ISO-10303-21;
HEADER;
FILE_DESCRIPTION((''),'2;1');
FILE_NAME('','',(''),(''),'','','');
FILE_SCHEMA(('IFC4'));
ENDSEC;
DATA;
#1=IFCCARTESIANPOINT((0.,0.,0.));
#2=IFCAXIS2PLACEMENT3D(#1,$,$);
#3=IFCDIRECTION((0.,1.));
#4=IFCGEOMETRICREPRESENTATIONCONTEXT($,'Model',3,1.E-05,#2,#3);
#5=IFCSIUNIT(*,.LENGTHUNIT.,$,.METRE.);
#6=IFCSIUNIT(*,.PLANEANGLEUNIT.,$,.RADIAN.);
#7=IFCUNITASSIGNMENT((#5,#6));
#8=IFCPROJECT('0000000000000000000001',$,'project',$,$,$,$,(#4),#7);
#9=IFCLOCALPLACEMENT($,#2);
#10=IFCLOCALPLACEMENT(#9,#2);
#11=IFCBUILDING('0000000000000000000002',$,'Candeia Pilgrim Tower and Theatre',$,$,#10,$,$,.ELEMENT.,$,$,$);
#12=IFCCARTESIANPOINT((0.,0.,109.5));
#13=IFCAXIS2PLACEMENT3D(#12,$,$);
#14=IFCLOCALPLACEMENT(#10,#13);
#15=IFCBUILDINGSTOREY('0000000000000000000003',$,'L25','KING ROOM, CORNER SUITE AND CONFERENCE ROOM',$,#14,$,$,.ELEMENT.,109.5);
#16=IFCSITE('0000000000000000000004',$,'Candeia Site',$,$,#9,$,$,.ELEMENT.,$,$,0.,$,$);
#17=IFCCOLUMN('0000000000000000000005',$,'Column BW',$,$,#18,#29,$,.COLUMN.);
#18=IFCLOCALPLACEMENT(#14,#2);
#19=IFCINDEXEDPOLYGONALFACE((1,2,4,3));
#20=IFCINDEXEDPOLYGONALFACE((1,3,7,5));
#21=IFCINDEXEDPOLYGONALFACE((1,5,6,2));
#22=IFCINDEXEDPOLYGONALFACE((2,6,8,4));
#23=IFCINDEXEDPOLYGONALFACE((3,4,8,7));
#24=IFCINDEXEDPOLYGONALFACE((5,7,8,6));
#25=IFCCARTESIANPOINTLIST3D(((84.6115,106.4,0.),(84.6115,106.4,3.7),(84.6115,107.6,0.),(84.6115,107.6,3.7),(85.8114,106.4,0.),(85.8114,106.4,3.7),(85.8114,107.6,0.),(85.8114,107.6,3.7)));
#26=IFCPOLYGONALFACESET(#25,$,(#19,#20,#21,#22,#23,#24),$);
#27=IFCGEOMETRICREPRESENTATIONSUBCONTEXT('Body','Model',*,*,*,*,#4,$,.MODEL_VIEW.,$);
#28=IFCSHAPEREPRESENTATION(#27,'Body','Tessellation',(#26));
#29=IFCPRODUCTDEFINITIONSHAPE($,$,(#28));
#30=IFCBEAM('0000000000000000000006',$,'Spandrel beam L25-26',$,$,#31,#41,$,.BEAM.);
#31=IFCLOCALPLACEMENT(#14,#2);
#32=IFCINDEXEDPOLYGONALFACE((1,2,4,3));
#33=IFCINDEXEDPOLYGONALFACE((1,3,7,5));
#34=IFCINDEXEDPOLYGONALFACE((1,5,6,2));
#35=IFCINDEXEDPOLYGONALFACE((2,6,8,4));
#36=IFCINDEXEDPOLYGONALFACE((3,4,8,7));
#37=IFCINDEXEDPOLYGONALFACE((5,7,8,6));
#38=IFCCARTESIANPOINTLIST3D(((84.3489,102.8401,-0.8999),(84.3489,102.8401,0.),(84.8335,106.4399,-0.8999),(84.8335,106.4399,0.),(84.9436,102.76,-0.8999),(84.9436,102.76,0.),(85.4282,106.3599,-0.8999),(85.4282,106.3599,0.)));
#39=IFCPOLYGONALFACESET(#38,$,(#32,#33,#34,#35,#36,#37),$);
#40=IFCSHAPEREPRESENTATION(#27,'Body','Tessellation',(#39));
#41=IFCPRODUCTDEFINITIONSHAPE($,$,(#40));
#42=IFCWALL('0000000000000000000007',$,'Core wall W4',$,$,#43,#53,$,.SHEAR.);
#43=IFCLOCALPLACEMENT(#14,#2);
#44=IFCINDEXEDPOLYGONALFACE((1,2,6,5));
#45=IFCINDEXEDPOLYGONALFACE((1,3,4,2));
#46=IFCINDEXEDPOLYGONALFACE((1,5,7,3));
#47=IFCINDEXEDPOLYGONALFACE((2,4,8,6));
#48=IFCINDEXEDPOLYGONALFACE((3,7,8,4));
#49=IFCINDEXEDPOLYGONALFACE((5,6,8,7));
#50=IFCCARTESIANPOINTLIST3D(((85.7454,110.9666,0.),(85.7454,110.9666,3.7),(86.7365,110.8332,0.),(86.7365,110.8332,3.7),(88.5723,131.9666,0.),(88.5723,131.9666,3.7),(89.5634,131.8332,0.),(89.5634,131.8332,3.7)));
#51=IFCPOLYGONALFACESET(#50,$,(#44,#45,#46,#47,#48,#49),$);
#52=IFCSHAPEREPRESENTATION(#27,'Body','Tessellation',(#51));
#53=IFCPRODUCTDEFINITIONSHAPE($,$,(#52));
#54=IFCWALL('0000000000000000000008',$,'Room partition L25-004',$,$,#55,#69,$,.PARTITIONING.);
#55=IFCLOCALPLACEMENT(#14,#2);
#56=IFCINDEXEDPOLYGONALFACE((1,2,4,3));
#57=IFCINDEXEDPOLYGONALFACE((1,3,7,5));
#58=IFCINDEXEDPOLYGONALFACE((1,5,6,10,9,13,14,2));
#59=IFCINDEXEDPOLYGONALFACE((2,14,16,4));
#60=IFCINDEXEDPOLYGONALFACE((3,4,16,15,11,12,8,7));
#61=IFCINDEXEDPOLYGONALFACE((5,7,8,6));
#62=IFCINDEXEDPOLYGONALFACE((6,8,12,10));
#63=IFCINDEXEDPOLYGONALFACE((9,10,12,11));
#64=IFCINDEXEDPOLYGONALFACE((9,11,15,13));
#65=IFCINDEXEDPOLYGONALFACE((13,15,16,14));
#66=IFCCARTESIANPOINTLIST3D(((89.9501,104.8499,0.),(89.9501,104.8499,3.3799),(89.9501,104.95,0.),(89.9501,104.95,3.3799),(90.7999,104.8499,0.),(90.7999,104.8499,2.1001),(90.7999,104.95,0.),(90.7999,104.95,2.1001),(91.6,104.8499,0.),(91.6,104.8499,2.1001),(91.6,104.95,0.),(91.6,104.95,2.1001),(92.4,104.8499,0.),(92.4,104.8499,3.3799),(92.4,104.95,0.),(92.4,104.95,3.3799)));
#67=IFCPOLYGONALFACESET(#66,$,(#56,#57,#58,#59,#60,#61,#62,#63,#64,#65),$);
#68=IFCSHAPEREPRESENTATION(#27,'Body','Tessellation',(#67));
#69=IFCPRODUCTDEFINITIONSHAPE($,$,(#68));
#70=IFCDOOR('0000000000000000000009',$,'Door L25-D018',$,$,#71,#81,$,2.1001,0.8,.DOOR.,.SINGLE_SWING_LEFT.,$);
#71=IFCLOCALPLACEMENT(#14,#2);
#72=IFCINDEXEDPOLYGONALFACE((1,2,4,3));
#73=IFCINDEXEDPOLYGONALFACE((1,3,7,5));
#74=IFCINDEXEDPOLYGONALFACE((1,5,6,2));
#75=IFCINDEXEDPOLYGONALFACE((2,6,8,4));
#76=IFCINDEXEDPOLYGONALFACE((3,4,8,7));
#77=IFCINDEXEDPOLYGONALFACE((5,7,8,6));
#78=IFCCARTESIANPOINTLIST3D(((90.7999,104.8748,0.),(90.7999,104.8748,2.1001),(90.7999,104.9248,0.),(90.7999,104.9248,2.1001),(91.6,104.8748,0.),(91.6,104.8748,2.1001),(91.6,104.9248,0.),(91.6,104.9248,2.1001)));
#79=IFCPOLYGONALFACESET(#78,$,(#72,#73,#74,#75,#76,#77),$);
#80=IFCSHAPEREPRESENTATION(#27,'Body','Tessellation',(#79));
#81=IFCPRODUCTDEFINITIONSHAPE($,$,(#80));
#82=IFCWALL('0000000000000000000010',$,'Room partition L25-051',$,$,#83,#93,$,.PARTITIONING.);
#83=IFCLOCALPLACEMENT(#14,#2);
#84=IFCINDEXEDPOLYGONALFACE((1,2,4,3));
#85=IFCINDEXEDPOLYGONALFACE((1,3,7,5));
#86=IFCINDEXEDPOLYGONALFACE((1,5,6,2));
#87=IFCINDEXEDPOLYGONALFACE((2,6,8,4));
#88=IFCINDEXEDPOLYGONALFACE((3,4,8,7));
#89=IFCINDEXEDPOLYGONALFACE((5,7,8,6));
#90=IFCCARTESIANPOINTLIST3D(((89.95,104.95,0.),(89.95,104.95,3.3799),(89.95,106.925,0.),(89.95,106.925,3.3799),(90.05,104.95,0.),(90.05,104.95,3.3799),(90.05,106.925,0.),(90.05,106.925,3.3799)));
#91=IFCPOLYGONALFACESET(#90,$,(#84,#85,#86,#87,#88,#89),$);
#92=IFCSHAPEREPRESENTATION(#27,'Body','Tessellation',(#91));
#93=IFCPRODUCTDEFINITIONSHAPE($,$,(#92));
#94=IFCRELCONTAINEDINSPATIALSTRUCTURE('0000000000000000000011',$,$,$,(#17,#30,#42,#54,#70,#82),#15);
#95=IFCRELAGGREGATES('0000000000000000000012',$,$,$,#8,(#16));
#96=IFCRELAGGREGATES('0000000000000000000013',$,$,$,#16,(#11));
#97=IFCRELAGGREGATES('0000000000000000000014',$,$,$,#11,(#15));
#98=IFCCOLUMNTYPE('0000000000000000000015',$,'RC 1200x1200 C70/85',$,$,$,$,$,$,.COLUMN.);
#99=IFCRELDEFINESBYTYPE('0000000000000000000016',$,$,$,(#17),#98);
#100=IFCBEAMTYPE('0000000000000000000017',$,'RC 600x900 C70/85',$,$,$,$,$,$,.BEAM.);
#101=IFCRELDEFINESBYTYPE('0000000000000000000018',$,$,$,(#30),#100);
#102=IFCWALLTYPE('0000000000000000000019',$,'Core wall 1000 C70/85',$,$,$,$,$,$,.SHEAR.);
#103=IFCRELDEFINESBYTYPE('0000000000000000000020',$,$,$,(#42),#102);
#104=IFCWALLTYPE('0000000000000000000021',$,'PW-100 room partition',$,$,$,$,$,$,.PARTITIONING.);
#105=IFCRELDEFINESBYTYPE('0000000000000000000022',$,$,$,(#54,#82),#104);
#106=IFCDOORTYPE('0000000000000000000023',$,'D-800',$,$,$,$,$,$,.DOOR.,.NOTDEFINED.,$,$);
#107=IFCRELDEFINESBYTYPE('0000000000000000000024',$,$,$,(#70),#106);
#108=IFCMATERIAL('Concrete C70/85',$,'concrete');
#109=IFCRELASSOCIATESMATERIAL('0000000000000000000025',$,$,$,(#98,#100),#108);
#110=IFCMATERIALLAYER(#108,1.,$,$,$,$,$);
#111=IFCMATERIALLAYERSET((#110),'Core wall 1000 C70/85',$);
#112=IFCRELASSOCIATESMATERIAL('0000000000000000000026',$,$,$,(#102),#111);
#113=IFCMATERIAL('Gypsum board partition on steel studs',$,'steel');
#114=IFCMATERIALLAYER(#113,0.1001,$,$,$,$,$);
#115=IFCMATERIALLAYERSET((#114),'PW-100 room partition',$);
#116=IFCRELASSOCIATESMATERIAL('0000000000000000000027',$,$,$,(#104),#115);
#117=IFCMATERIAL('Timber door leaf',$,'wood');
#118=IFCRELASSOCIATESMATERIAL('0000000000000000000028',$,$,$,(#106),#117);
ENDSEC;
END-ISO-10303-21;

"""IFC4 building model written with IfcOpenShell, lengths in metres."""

from ifc_helpers import new_model, si_unit, direction, frame, frame_2d, origin, origin_2d, place, context, subcontext, project, spatial, rectangle, extrude, material, layer, layer_set, material_profile, profile_set, type_object, element, fill, save


model = new_model("IFC4")

# Units and contexts
model_context = context("Model", 3, precision=1e-05, world=origin(), true_north=direction((0.0, 1.0)))
body_context = subcontext(model_context, "Body", "Model", "MODEL_VIEW")
ifc_project = project(units=[si_unit("LENGTHUNIT", "METRE"), si_unit("PLANEANGLEUNIT", "RADIAN")], contexts=[model_context])

# Site, building, storey
site_placement = place(None, origin())
site = spatial("IfcSite", under=ifc_project, at=site_placement, Name="Candeia Site", CompositionType="ELEMENT", RefElevation=0.0)
building_placement = place(site_placement, origin())
building = spatial("IfcBuilding", under=site, at=building_placement, Name="Candeia Pilgrim Tower and Theatre", CompositionType="ELEMENT")
storey_placement = place(building_placement, frame((0.0, 0.0, 109.5)))
storey = spatial("IfcBuildingStorey", under=building, at=storey_placement, Name="L25", Description="KING ROOM, CORNER SUITE AND CONFERENCE ROOM", CompositionType="ELEMENT", Elevation=109.5)

# Column
ifc_material_1 = material(Name="Concrete C70/85", Category="concrete")
ifc_material_profile_1 = material_profile(ifc_material_1, rectangle(XDim=1.2, YDim=1.2, at=origin_2d()))
ifc_profile_set_1 = profile_set([ifc_material_profile_1], Name="Concrete C70/85")
column_type = type_object("IfcColumnType", Name="RC 1200x1200 C70/85", PredefinedType="COLUMN", material=ifc_profile_set_1)
column_placement = place(storey_placement, frame((85.2114, 107.0, 0.0), z_axis=(0.0, 0.0, 1.0), x_axis=(1.0, 0.0, 0.0)))
element("IfcColumn", 1, at=column_placement, inside=storey, type_object=column_type, Name="Column BW", PredefinedType="COLUMN", context=body_context, shape_type="SweptSolid", body=[
    extrude(rectangle(XDim=1.2, YDim=1.2, at=origin_2d()), origin(), (0.0, 0.0, 1.0), 3.7),
])

# Beam
ifc_material_profile_2 = material_profile(ifc_material_1, rectangle(XDim=0.6001, YDim=0.8999, at=origin_2d()))
ifc_profile_set_2 = profile_set([ifc_material_profile_2], Name="Concrete C70/85")
beam_type = type_object("IfcBeamType", Name="RC 600x900 C70/85", PredefinedType="BEAM", material=ifc_profile_set_2)
beam_placement = place(storey_placement, frame((85.1309, 106.3999, -0.45), z_axis=(-0.133418, -0.99106, 0.0), x_axis=(0.99106, -0.133418, 0.0)))
element("IfcBeam", 2, at=beam_placement, inside=storey, type_object=beam_type, Name="Spandrel beam L25-26", PredefinedType="BEAM", context=body_context, shape_type="SweptSolid", body=[
    extrude(rectangle(XDim=0.6001, YDim=0.8999, at=origin_2d()), origin(), (0.0, 0.0, 1.0), 3.6323),
])

# Wall
ifc_layer_1 = layer(ifc_material_1, 1.0)
ifc_layer_set_1 = layer_set([ifc_layer_1], Name="Core wall 1000 C70/85")
wall_type_1 = type_object("IfcWallType", Name="Core wall 1000 C70/85", PredefinedType="SHEAR", material=ifc_layer_set_1)
wall_1_placement = place(storey_placement, frame((86.241, 110.8999, 0.0), z_axis=(0.0, 0.0, 1.0), x_axis=(0.133411, 0.991061, 0.0)))
element("IfcWall", 3, at=wall_1_placement, inside=storey, type_object=wall_type_1, Name="Core wall W4", PredefinedType="SHEAR", context=body_context, shape_type="SweptSolid", body=[
    extrude(rectangle(XDim=21.1895, YDim=1.0, at=frame_2d((10.5947, 0.0))), origin(), (0.0, 0.0, 1.0), 3.7),
])

# Wall, opening, door
ifc_material_2 = material(Name="Gypsum board partition on steel studs", Category="steel")
ifc_layer_2 = layer(ifc_material_2, 0.1001)
ifc_layer_set_2 = layer_set([ifc_layer_2], Name="PW-100 room partition")
wall_type_2 = type_object("IfcWallType", Name="PW-100 room partition", PredefinedType="PARTITIONING", material=ifc_layer_set_2)
wall_2_placement = place(storey_placement, frame((89.95, 104.8999, 0.0), z_axis=(0.0, 0.0, 1.0), x_axis=(1.0, 0.0, 0.0)))
wall_2 = element("IfcWall", 4, at=wall_2_placement, inside=storey, type_object=wall_type_2, Name="Room partition L25-004", PredefinedType="PARTITIONING", context=body_context, shape_type="SweptSolid", body=[
    extrude(rectangle(XDim=2.45, YDim=0.1001, at=frame_2d((1.2251, 0.0))), origin(), (0.0, 0.0, 1.0), 3.3799),
])
opening_1_placement = place(wall_2_placement, frame((0.8501, 0.0, 0.0)))
opening_1 = element("IfcOpeningElement", 5, at=opening_1_placement, cuts=wall_2, PredefinedType="OPENING", context=body_context, shape_type="SweptSolid", body=[
    extrude(rectangle(XDim=0.8, YDim=2.1001, at=frame_2d((0.3999, 1.05))), frame((0.0, 0.0601, 0.0), z_axis=(0.0, -1.0, 0.0), x_axis=(1.0, 0.0, 0.0)), (0.0, 0.0, 1.0), 0.1201),
])
ifc_material_3 = material(Name="Timber door leaf", Category="wood")
door_type_1 = type_object("IfcDoorType", Name="D-800", OperationType="NOTDEFINED", PredefinedType="DOOR", material=ifc_material_3)
door_1_placement = place(opening_1_placement, origin())
door_1 = element("IfcDoor", 6, at=door_1_placement, inside=storey, type_object=door_type_1, Name="Door L25-D018", OperationType="SINGLE_SWING_LEFT", OverallHeight=2.1001, OverallWidth=0.8, PredefinedType="DOOR", context=body_context, shape_type="SweptSolid", body=[
    extrude(rectangle(XDim=0.8, YDim=2.1001, at=frame_2d((0.3999, 1.05))), frame((0.0, 0.0249, 0.0), z_axis=(0.0, -1.0, 0.0), x_axis=(1.0, 0.0, 0.0)), (0.0, 0.0, 1.0), 0.05),
])
fill(opening_1, door_1)

# Wall
wall_3_placement = place(storey_placement, frame((90.0, 104.95, 0.0), z_axis=(0.0, 0.0, 1.0), x_axis=(0.0, 1.0, 0.0)))
element("IfcWall", 7, at=wall_3_placement, inside=storey, type_object=wall_type_2, Name="Room partition L25-051", PredefinedType="PARTITIONING", context=body_context, shape_type="SweptSolid", body=[
    extrude(rectangle(XDim=1.9751, YDim=0.1001, at=frame_2d((0.9875, 0.0))), origin(), (0.0, 0.0, 1.0), 3.3799),
])

save(model, "model.ifc")
